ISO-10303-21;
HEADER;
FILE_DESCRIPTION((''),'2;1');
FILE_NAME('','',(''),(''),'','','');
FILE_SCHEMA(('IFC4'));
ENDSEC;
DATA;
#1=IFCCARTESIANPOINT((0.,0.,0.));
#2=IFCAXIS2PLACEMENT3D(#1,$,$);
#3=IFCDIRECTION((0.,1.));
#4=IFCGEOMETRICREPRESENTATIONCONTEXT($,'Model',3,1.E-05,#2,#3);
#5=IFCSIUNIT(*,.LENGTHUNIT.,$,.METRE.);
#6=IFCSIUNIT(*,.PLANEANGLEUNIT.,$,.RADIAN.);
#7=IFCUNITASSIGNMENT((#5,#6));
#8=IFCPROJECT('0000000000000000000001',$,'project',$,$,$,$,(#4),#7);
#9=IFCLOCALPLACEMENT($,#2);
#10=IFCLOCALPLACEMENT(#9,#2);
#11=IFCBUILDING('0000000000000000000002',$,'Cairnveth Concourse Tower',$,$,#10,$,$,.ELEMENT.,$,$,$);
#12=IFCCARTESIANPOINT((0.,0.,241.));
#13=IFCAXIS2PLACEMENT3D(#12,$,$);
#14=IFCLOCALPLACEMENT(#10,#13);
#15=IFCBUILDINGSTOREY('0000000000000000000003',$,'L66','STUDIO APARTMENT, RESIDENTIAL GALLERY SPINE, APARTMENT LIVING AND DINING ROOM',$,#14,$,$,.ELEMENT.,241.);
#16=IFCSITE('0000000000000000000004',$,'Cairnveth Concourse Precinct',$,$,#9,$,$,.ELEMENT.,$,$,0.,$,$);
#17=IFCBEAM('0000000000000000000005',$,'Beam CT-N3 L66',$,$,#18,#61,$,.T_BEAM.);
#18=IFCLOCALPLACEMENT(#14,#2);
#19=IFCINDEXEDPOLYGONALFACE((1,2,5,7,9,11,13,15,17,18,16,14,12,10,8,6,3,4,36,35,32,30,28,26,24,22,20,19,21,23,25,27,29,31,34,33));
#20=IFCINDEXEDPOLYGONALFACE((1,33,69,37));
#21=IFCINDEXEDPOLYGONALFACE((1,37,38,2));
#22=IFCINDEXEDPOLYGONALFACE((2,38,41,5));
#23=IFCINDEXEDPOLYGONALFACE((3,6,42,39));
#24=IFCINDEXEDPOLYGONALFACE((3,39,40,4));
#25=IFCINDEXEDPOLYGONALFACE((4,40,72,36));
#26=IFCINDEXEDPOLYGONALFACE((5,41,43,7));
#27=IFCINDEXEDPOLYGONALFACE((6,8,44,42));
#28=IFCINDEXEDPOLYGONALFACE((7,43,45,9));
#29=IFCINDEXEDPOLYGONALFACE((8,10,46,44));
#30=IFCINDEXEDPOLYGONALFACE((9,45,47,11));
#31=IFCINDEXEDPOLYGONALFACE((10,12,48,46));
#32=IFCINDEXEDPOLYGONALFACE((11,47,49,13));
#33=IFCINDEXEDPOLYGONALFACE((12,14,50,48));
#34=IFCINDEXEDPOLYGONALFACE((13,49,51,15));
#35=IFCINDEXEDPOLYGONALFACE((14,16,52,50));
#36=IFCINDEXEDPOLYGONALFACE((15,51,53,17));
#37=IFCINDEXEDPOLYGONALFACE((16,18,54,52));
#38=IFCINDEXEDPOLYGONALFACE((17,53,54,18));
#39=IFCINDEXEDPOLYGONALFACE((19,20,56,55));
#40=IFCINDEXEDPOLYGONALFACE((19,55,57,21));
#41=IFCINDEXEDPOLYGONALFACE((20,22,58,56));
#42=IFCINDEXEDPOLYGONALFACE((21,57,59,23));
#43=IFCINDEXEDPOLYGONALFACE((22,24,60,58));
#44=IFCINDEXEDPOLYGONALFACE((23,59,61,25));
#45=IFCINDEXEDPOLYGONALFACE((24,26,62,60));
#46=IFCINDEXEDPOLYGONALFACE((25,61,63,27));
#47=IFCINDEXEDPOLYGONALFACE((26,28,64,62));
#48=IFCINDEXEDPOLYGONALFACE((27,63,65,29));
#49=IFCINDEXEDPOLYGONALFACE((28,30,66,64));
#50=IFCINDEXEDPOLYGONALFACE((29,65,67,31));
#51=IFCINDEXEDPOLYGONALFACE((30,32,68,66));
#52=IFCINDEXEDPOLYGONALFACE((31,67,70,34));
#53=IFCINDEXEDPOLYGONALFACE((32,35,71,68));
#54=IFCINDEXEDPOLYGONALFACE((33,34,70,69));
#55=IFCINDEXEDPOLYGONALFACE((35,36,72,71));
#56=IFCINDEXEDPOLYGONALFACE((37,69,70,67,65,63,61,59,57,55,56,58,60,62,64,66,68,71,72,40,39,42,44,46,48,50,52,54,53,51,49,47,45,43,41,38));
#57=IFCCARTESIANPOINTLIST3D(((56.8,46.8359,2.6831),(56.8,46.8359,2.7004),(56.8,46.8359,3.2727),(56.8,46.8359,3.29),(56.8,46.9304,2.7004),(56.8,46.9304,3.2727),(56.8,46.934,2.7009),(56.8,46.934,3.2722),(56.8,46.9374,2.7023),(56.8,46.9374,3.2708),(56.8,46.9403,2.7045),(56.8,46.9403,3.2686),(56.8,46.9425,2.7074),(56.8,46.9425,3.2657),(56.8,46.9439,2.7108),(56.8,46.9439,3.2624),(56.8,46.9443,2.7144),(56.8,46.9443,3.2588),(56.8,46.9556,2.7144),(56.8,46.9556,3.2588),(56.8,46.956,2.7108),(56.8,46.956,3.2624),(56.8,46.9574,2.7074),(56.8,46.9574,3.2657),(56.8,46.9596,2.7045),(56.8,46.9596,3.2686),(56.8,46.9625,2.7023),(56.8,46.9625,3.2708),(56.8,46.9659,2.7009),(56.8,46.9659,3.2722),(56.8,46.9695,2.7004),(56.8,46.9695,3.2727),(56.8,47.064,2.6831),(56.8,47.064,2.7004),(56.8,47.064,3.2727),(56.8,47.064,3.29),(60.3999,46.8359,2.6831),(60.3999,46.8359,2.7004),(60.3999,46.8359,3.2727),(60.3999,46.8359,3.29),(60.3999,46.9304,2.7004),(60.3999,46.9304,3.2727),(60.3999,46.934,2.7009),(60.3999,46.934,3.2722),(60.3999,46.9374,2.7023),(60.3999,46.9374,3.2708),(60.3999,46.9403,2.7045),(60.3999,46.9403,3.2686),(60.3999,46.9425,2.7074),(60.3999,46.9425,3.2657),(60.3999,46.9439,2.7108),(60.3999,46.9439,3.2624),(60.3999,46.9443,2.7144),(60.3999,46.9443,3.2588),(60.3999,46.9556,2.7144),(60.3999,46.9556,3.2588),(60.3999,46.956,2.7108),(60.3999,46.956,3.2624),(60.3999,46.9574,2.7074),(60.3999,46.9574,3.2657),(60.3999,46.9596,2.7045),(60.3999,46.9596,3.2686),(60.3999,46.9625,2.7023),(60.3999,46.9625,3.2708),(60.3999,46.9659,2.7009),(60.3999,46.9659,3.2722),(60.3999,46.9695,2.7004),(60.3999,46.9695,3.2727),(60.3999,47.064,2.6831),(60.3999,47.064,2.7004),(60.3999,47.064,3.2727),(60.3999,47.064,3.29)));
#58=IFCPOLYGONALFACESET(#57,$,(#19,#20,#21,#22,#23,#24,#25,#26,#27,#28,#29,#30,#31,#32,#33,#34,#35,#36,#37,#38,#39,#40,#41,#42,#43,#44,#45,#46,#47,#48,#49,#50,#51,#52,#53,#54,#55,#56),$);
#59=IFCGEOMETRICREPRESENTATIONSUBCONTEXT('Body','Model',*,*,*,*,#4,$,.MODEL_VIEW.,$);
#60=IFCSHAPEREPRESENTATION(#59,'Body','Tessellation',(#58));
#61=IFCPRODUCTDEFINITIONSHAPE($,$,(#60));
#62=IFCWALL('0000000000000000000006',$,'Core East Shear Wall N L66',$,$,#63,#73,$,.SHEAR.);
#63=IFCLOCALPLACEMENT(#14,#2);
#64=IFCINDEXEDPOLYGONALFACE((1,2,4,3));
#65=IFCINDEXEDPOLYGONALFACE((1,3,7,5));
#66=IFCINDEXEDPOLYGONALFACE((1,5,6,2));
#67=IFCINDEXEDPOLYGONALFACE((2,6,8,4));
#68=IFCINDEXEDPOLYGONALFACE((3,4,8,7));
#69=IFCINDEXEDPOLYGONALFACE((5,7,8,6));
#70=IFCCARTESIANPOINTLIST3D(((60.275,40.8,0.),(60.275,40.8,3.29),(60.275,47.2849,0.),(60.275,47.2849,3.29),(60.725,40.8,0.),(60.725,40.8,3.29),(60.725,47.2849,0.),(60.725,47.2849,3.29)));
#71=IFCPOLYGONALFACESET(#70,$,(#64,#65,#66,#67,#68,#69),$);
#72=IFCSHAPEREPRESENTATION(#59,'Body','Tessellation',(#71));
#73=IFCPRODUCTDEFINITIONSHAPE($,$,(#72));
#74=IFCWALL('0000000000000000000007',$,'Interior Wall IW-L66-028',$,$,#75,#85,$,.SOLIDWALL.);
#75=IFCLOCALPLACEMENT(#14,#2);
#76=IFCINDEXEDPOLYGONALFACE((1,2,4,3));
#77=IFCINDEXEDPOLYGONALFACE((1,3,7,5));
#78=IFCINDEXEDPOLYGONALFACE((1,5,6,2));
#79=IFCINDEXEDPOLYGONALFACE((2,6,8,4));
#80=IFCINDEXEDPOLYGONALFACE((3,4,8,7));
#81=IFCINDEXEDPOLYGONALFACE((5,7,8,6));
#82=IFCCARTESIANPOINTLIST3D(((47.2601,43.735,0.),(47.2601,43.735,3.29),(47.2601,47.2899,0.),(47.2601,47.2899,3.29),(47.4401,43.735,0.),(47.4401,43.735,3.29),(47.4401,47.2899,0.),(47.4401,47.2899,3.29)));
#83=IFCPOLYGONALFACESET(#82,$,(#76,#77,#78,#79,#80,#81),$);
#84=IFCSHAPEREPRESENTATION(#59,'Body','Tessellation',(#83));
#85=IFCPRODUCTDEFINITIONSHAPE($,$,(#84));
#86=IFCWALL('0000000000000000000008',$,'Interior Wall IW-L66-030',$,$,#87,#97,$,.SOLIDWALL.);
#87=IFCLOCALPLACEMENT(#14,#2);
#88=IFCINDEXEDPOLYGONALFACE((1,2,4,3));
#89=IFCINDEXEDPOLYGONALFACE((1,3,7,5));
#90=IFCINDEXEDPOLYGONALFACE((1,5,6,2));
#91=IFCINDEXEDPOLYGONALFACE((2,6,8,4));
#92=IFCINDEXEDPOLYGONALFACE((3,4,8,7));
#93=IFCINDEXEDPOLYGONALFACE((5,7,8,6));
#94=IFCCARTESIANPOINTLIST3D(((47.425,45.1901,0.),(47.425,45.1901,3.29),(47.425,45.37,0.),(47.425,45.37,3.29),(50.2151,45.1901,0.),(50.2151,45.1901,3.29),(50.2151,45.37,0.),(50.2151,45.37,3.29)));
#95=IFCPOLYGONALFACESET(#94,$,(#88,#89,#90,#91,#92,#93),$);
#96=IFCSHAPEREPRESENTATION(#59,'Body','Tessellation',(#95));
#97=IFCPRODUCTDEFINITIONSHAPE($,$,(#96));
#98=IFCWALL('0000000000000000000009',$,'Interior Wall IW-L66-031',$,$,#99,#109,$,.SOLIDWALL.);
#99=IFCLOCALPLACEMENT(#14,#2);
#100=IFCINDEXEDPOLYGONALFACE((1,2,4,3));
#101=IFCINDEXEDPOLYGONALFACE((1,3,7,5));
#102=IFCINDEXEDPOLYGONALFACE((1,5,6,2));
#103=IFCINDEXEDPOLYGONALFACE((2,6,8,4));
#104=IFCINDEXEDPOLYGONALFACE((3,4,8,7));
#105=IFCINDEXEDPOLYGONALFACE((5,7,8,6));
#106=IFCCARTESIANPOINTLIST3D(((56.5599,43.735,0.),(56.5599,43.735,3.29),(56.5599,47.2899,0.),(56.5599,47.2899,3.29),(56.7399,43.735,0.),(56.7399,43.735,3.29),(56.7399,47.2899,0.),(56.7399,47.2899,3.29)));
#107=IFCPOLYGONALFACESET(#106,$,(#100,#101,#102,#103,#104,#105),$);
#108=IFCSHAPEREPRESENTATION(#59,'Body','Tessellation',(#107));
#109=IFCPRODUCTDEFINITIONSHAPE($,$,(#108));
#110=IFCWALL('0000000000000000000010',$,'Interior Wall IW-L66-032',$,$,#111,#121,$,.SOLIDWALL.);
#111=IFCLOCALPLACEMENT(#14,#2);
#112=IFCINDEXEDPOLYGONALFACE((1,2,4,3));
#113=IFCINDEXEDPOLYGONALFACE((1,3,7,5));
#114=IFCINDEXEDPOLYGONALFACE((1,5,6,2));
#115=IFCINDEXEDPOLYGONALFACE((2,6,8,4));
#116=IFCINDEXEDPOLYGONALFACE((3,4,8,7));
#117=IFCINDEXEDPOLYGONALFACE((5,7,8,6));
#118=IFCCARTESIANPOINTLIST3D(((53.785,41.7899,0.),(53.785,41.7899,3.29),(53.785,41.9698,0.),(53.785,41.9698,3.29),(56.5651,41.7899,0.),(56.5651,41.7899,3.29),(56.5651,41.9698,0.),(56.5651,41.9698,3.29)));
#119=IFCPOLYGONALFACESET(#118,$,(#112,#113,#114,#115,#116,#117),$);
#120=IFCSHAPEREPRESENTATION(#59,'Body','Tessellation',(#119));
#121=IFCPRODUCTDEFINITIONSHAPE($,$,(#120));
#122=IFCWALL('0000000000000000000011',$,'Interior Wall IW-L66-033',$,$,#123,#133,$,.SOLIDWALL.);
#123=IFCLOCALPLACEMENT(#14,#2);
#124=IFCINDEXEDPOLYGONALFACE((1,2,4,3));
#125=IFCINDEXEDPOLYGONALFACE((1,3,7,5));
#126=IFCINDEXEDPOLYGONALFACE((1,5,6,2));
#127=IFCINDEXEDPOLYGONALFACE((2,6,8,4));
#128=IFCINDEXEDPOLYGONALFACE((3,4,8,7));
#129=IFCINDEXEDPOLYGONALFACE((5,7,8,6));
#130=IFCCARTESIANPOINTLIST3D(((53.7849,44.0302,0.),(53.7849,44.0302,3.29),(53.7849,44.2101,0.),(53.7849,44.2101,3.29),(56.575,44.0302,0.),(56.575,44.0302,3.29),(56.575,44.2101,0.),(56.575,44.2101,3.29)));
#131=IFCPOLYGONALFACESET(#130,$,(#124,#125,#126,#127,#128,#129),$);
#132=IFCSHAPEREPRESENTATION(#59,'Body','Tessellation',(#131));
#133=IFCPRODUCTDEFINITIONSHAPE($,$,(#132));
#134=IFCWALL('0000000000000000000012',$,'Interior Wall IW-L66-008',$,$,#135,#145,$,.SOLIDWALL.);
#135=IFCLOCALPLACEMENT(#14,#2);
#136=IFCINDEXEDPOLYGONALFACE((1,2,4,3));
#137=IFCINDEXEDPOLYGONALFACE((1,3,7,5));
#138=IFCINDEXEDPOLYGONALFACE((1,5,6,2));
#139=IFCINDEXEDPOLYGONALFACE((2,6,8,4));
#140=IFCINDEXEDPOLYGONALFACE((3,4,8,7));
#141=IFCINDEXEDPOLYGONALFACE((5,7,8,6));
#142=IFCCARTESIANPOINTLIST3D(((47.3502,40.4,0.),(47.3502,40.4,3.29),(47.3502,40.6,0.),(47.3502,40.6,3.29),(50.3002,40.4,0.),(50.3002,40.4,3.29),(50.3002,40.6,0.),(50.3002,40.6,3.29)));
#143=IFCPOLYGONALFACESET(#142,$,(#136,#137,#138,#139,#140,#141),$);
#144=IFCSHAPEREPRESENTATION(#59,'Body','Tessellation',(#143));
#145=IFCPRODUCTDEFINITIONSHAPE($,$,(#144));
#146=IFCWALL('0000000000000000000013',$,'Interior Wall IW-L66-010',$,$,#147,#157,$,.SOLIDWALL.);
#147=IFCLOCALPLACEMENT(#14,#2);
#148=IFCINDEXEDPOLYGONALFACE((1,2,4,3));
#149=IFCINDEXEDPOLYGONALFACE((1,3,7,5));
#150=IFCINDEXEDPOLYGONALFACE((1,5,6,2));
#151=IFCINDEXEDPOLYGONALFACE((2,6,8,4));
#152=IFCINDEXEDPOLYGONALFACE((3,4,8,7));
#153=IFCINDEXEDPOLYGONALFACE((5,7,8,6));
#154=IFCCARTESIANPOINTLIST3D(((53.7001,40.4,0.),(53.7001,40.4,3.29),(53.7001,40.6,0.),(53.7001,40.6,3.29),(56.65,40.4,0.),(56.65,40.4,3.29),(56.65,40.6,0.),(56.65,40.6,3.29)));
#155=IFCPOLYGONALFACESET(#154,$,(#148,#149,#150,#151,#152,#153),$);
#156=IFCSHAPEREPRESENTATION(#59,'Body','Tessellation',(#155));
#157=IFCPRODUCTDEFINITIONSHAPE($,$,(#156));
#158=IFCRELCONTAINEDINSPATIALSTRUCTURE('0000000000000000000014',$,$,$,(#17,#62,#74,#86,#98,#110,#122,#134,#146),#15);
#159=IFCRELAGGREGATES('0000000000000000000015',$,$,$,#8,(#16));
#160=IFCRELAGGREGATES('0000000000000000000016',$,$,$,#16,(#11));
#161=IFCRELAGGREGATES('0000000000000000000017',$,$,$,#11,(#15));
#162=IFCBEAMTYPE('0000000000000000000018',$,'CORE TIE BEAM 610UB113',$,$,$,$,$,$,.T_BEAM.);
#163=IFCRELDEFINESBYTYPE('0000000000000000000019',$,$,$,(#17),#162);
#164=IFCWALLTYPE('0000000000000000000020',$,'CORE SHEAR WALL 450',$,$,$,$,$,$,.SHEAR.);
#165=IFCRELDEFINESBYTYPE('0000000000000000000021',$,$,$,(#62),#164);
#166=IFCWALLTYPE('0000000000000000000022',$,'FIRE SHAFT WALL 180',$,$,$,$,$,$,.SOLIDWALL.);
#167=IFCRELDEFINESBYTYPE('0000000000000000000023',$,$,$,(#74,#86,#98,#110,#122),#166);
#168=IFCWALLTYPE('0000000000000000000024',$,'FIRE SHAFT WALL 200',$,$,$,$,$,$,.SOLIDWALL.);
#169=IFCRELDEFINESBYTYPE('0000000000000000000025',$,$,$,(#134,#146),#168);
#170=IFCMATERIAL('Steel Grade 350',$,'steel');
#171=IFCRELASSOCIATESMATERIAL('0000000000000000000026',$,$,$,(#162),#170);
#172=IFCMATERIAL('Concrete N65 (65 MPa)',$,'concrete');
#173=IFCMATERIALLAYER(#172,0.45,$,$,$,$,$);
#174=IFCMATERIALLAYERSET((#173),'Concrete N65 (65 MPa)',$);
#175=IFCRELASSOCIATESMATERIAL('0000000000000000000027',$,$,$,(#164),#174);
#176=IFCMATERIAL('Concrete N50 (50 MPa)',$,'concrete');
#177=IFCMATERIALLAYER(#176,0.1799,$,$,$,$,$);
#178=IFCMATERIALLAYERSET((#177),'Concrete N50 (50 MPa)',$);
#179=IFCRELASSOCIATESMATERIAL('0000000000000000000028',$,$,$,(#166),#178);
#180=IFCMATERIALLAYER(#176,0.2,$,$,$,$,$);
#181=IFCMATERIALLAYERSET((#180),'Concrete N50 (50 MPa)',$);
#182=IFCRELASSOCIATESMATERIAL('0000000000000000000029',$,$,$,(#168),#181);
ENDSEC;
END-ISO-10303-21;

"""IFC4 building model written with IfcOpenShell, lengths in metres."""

from ifc_helpers import new_model, si_unit, direction, frame, frame_2d, origin, origin_2d, place, context, subcontext, project, spatial, rectangle, i_section, extrude, material, layer, layer_set, material_profile, profile_set, type_object, element, save


model = new_model("IFC4")

# Units and contexts
model_context = context("Model", 3, precision=1e-05, world=origin(), true_north=direction((0.0, 1.0)))
body_context = subcontext(model_context, "Body", "Model", "MODEL_VIEW")
ifc_project = project(units=[si_unit("LENGTHUNIT", "METRE"), si_unit("PLANEANGLEUNIT", "RADIAN")], contexts=[model_context])

# Site, building, storey
site_placement = place(None, origin())
site = spatial("IfcSite", under=ifc_project, at=site_placement, Name="Cairnveth Concourse Precinct", CompositionType="ELEMENT", RefElevation=0.0)
building_placement = place(site_placement, origin())
building = spatial("IfcBuilding", under=site, at=building_placement, Name="Cairnveth Concourse Tower", CompositionType="ELEMENT")
storey_placement = place(building_placement, frame((0.0, 0.0, 241.0)))
storey = spatial("IfcBuildingStorey", under=building, at=storey_placement, Name="L66", Description="STUDIO APARTMENT, RESIDENTIAL GALLERY SPINE, APARTMENT LIVING AND DINING ROOM", CompositionType="ELEMENT", Elevation=241.0)

# Beam
ifc_material_1 = material(Name="Steel Grade 350", Category="steel")
ifc_material_profile = material_profile(ifc_material_1, i_section(OverallWidth=0.228, OverallDepth=0.6069, WebThickness=0.0112, FlangeThickness=0.0173, FilletRadius=0.0139, at=origin_2d()), Name="610UB113")
ifc_profile_set = profile_set([ifc_material_profile], Name="Steel Grade 350")
beam_type = type_object("IfcBeamType", Name="CORE TIE BEAM 610UB113", PredefinedType="T_BEAM", material=ifc_profile_set)
beam_placement = place(storey_placement, frame((56.8, 46.95, 2.9866), z_axis=(1.0, 0.0, 0.0), x_axis=(0.0, 1.0, 0.0)))
element("IfcBeam", 1, at=beam_placement, inside=storey, type_object=beam_type, Name="Beam CT-N3 L66", PredefinedType="T_BEAM", context=body_context, shape_type="SweptSolid", body=[
    extrude(i_section(OverallWidth=0.228, OverallDepth=0.6069, WebThickness=0.0112, FlangeThickness=0.0173, FilletRadius=0.0139, at=origin_2d()), origin(), (0.0, 0.0, 1.0), 3.5999),
])

# Walls
ifc_material_2 = material(Name="Concrete N65 (65 MPa)", Category="concrete")
ifc_layer_1 = layer(ifc_material_2, 0.45)
ifc_layer_set_1 = layer_set([ifc_layer_1], Name="Concrete N65 (65 MPa)")
wall_type_1 = type_object("IfcWallType", Name="CORE SHEAR WALL 450", PredefinedType="SHEAR", material=ifc_layer_set_1)
wall_1_placement = place(storey_placement, frame((60.5, 40.8, 0.0), z_axis=(0.0, 0.0, 1.0), x_axis=(0.0, 1.0, 0.0)))
element("IfcWall", 2, at=wall_1_placement, inside=storey, type_object=wall_type_1, Name="Core East Shear Wall N L66", PredefinedType="SHEAR", context=body_context, shape_type="SweptSolid", body=[
    extrude(rectangle(XDim=6.4849, YDim=0.45, at=frame_2d((3.2424, 0.0))), origin(), (0.0, 0.0, 1.0), 3.29),
])
ifc_material_3 = material(Name="Concrete N50 (50 MPa)", Category="concrete")
ifc_layer_2 = layer(ifc_material_3, 0.1799)
ifc_layer_set_2 = layer_set([ifc_layer_2], Name="Concrete N50 (50 MPa)")
wall_type_2 = type_object("IfcWallType", Name="FIRE SHAFT WALL 180", PredefinedType="SOLIDWALL", material=ifc_layer_set_2)
wall_2_placement = place(storey_placement, frame((47.3501, 43.7351, 0.0), z_axis=(0.0, 0.0, 1.0), x_axis=(0.0, 1.0, 0.0)))
element("IfcWall", 3, at=wall_2_placement, inside=storey, type_object=wall_type_2, Name="Interior Wall IW-L66-028", PredefinedType="SOLIDWALL", context=body_context, shape_type="SweptSolid", body=[
    extrude(rectangle(XDim=3.5549, YDim=0.1799, at=frame_2d((1.7773, 0.0))), origin(), (0.0, 0.0, 1.0), 3.29),
])
wall_3_placement = place(storey_placement, frame((47.425, 45.28, 0.0), z_axis=(0.0, 0.0, 1.0), x_axis=(1.0, 0.0, 0.0)))
element("IfcWall", 4, at=wall_3_placement, inside=storey, type_object=wall_type_2, Name="Interior Wall IW-L66-030", PredefinedType="SOLIDWALL", context=body_context, shape_type="SweptSolid", body=[
    extrude(rectangle(XDim=2.79, YDim=0.1799, at=frame_2d((1.395, 0.0))), origin(), (0.0, 0.0, 1.0), 3.29),
])
wall_4_placement = place(storey_placement, frame((56.6499, 43.7351, 0.0), z_axis=(0.0, 0.0, 1.0), x_axis=(0.0, 1.0, 0.0)))
element("IfcWall", 5, at=wall_4_placement, inside=storey, type_object=wall_type_2, Name="Interior Wall IW-L66-031", PredefinedType="SOLIDWALL", context=body_context, shape_type="SweptSolid", body=[
    extrude(rectangle(XDim=3.5549, YDim=0.1799, at=frame_2d((1.7773, 0.0))), origin(), (0.0, 0.0, 1.0), 3.29),
])
wall_5_placement = place(storey_placement, frame((53.7849, 41.8799, 0.0), z_axis=(0.0, 0.0, 1.0), x_axis=(1.0, 0.0, 0.0)))
element("IfcWall", 6, at=wall_5_placement, inside=storey, type_object=wall_type_2, Name="Interior Wall IW-L66-032", PredefinedType="SOLIDWALL", context=body_context, shape_type="SweptSolid", body=[
    extrude(rectangle(XDim=2.78, YDim=0.1799, at=frame_2d((1.3901, 0.0))), origin(), (0.0, 0.0, 1.0), 3.29),
])
wall_6_placement = place(storey_placement, frame((53.7849, 44.1201, 0.0), z_axis=(0.0, 0.0, 1.0), x_axis=(1.0, 0.0, 0.0)))
element("IfcWall", 7, at=wall_6_placement, inside=storey, type_object=wall_type_2, Name="Interior Wall IW-L66-033", PredefinedType="SOLIDWALL", context=body_context, shape_type="SweptSolid", body=[
    extrude(rectangle(XDim=2.79, YDim=0.1799, at=frame_2d((1.395, 0.0))), origin(), (0.0, 0.0, 1.0), 3.29),
])
ifc_layer_3 = layer(ifc_material_3, 0.2)
ifc_layer_set_3 = layer_set([ifc_layer_3], Name="Concrete N50 (50 MPa)")
wall_type_3 = type_object("IfcWallType", Name="FIRE SHAFT WALL 200", PredefinedType="SOLIDWALL", material=ifc_layer_set_3)
for number, where, z_axis, x_axis, name in (
    (8, (47.3501, 40.5, 0.0), (0.0, 0.0, 1.0), (1.0, 0.0, 0.0), "Interior Wall IW-L66-008"),
    (9, (53.7, 40.5, 0.0), (0.0, 0.0, 1.0), (1.0, 0.0, 0.0), "Interior Wall IW-L66-010"),
):
    element("IfcWall", number, at=place(storey_placement, frame(where, z_axis=z_axis, x_axis=x_axis)), inside=storey, type_object=wall_type_3, Name=name, PredefinedType="SOLIDWALL", context=body_context, shape_type="SweptSolid", body=[
        extrude(rectangle(XDim=2.95, YDim=0.2, at=frame_2d((1.4751, 0.0))), origin(), (0.0, 0.0, 1.0), 3.29),
    ])

save(model, "model.ifc")
